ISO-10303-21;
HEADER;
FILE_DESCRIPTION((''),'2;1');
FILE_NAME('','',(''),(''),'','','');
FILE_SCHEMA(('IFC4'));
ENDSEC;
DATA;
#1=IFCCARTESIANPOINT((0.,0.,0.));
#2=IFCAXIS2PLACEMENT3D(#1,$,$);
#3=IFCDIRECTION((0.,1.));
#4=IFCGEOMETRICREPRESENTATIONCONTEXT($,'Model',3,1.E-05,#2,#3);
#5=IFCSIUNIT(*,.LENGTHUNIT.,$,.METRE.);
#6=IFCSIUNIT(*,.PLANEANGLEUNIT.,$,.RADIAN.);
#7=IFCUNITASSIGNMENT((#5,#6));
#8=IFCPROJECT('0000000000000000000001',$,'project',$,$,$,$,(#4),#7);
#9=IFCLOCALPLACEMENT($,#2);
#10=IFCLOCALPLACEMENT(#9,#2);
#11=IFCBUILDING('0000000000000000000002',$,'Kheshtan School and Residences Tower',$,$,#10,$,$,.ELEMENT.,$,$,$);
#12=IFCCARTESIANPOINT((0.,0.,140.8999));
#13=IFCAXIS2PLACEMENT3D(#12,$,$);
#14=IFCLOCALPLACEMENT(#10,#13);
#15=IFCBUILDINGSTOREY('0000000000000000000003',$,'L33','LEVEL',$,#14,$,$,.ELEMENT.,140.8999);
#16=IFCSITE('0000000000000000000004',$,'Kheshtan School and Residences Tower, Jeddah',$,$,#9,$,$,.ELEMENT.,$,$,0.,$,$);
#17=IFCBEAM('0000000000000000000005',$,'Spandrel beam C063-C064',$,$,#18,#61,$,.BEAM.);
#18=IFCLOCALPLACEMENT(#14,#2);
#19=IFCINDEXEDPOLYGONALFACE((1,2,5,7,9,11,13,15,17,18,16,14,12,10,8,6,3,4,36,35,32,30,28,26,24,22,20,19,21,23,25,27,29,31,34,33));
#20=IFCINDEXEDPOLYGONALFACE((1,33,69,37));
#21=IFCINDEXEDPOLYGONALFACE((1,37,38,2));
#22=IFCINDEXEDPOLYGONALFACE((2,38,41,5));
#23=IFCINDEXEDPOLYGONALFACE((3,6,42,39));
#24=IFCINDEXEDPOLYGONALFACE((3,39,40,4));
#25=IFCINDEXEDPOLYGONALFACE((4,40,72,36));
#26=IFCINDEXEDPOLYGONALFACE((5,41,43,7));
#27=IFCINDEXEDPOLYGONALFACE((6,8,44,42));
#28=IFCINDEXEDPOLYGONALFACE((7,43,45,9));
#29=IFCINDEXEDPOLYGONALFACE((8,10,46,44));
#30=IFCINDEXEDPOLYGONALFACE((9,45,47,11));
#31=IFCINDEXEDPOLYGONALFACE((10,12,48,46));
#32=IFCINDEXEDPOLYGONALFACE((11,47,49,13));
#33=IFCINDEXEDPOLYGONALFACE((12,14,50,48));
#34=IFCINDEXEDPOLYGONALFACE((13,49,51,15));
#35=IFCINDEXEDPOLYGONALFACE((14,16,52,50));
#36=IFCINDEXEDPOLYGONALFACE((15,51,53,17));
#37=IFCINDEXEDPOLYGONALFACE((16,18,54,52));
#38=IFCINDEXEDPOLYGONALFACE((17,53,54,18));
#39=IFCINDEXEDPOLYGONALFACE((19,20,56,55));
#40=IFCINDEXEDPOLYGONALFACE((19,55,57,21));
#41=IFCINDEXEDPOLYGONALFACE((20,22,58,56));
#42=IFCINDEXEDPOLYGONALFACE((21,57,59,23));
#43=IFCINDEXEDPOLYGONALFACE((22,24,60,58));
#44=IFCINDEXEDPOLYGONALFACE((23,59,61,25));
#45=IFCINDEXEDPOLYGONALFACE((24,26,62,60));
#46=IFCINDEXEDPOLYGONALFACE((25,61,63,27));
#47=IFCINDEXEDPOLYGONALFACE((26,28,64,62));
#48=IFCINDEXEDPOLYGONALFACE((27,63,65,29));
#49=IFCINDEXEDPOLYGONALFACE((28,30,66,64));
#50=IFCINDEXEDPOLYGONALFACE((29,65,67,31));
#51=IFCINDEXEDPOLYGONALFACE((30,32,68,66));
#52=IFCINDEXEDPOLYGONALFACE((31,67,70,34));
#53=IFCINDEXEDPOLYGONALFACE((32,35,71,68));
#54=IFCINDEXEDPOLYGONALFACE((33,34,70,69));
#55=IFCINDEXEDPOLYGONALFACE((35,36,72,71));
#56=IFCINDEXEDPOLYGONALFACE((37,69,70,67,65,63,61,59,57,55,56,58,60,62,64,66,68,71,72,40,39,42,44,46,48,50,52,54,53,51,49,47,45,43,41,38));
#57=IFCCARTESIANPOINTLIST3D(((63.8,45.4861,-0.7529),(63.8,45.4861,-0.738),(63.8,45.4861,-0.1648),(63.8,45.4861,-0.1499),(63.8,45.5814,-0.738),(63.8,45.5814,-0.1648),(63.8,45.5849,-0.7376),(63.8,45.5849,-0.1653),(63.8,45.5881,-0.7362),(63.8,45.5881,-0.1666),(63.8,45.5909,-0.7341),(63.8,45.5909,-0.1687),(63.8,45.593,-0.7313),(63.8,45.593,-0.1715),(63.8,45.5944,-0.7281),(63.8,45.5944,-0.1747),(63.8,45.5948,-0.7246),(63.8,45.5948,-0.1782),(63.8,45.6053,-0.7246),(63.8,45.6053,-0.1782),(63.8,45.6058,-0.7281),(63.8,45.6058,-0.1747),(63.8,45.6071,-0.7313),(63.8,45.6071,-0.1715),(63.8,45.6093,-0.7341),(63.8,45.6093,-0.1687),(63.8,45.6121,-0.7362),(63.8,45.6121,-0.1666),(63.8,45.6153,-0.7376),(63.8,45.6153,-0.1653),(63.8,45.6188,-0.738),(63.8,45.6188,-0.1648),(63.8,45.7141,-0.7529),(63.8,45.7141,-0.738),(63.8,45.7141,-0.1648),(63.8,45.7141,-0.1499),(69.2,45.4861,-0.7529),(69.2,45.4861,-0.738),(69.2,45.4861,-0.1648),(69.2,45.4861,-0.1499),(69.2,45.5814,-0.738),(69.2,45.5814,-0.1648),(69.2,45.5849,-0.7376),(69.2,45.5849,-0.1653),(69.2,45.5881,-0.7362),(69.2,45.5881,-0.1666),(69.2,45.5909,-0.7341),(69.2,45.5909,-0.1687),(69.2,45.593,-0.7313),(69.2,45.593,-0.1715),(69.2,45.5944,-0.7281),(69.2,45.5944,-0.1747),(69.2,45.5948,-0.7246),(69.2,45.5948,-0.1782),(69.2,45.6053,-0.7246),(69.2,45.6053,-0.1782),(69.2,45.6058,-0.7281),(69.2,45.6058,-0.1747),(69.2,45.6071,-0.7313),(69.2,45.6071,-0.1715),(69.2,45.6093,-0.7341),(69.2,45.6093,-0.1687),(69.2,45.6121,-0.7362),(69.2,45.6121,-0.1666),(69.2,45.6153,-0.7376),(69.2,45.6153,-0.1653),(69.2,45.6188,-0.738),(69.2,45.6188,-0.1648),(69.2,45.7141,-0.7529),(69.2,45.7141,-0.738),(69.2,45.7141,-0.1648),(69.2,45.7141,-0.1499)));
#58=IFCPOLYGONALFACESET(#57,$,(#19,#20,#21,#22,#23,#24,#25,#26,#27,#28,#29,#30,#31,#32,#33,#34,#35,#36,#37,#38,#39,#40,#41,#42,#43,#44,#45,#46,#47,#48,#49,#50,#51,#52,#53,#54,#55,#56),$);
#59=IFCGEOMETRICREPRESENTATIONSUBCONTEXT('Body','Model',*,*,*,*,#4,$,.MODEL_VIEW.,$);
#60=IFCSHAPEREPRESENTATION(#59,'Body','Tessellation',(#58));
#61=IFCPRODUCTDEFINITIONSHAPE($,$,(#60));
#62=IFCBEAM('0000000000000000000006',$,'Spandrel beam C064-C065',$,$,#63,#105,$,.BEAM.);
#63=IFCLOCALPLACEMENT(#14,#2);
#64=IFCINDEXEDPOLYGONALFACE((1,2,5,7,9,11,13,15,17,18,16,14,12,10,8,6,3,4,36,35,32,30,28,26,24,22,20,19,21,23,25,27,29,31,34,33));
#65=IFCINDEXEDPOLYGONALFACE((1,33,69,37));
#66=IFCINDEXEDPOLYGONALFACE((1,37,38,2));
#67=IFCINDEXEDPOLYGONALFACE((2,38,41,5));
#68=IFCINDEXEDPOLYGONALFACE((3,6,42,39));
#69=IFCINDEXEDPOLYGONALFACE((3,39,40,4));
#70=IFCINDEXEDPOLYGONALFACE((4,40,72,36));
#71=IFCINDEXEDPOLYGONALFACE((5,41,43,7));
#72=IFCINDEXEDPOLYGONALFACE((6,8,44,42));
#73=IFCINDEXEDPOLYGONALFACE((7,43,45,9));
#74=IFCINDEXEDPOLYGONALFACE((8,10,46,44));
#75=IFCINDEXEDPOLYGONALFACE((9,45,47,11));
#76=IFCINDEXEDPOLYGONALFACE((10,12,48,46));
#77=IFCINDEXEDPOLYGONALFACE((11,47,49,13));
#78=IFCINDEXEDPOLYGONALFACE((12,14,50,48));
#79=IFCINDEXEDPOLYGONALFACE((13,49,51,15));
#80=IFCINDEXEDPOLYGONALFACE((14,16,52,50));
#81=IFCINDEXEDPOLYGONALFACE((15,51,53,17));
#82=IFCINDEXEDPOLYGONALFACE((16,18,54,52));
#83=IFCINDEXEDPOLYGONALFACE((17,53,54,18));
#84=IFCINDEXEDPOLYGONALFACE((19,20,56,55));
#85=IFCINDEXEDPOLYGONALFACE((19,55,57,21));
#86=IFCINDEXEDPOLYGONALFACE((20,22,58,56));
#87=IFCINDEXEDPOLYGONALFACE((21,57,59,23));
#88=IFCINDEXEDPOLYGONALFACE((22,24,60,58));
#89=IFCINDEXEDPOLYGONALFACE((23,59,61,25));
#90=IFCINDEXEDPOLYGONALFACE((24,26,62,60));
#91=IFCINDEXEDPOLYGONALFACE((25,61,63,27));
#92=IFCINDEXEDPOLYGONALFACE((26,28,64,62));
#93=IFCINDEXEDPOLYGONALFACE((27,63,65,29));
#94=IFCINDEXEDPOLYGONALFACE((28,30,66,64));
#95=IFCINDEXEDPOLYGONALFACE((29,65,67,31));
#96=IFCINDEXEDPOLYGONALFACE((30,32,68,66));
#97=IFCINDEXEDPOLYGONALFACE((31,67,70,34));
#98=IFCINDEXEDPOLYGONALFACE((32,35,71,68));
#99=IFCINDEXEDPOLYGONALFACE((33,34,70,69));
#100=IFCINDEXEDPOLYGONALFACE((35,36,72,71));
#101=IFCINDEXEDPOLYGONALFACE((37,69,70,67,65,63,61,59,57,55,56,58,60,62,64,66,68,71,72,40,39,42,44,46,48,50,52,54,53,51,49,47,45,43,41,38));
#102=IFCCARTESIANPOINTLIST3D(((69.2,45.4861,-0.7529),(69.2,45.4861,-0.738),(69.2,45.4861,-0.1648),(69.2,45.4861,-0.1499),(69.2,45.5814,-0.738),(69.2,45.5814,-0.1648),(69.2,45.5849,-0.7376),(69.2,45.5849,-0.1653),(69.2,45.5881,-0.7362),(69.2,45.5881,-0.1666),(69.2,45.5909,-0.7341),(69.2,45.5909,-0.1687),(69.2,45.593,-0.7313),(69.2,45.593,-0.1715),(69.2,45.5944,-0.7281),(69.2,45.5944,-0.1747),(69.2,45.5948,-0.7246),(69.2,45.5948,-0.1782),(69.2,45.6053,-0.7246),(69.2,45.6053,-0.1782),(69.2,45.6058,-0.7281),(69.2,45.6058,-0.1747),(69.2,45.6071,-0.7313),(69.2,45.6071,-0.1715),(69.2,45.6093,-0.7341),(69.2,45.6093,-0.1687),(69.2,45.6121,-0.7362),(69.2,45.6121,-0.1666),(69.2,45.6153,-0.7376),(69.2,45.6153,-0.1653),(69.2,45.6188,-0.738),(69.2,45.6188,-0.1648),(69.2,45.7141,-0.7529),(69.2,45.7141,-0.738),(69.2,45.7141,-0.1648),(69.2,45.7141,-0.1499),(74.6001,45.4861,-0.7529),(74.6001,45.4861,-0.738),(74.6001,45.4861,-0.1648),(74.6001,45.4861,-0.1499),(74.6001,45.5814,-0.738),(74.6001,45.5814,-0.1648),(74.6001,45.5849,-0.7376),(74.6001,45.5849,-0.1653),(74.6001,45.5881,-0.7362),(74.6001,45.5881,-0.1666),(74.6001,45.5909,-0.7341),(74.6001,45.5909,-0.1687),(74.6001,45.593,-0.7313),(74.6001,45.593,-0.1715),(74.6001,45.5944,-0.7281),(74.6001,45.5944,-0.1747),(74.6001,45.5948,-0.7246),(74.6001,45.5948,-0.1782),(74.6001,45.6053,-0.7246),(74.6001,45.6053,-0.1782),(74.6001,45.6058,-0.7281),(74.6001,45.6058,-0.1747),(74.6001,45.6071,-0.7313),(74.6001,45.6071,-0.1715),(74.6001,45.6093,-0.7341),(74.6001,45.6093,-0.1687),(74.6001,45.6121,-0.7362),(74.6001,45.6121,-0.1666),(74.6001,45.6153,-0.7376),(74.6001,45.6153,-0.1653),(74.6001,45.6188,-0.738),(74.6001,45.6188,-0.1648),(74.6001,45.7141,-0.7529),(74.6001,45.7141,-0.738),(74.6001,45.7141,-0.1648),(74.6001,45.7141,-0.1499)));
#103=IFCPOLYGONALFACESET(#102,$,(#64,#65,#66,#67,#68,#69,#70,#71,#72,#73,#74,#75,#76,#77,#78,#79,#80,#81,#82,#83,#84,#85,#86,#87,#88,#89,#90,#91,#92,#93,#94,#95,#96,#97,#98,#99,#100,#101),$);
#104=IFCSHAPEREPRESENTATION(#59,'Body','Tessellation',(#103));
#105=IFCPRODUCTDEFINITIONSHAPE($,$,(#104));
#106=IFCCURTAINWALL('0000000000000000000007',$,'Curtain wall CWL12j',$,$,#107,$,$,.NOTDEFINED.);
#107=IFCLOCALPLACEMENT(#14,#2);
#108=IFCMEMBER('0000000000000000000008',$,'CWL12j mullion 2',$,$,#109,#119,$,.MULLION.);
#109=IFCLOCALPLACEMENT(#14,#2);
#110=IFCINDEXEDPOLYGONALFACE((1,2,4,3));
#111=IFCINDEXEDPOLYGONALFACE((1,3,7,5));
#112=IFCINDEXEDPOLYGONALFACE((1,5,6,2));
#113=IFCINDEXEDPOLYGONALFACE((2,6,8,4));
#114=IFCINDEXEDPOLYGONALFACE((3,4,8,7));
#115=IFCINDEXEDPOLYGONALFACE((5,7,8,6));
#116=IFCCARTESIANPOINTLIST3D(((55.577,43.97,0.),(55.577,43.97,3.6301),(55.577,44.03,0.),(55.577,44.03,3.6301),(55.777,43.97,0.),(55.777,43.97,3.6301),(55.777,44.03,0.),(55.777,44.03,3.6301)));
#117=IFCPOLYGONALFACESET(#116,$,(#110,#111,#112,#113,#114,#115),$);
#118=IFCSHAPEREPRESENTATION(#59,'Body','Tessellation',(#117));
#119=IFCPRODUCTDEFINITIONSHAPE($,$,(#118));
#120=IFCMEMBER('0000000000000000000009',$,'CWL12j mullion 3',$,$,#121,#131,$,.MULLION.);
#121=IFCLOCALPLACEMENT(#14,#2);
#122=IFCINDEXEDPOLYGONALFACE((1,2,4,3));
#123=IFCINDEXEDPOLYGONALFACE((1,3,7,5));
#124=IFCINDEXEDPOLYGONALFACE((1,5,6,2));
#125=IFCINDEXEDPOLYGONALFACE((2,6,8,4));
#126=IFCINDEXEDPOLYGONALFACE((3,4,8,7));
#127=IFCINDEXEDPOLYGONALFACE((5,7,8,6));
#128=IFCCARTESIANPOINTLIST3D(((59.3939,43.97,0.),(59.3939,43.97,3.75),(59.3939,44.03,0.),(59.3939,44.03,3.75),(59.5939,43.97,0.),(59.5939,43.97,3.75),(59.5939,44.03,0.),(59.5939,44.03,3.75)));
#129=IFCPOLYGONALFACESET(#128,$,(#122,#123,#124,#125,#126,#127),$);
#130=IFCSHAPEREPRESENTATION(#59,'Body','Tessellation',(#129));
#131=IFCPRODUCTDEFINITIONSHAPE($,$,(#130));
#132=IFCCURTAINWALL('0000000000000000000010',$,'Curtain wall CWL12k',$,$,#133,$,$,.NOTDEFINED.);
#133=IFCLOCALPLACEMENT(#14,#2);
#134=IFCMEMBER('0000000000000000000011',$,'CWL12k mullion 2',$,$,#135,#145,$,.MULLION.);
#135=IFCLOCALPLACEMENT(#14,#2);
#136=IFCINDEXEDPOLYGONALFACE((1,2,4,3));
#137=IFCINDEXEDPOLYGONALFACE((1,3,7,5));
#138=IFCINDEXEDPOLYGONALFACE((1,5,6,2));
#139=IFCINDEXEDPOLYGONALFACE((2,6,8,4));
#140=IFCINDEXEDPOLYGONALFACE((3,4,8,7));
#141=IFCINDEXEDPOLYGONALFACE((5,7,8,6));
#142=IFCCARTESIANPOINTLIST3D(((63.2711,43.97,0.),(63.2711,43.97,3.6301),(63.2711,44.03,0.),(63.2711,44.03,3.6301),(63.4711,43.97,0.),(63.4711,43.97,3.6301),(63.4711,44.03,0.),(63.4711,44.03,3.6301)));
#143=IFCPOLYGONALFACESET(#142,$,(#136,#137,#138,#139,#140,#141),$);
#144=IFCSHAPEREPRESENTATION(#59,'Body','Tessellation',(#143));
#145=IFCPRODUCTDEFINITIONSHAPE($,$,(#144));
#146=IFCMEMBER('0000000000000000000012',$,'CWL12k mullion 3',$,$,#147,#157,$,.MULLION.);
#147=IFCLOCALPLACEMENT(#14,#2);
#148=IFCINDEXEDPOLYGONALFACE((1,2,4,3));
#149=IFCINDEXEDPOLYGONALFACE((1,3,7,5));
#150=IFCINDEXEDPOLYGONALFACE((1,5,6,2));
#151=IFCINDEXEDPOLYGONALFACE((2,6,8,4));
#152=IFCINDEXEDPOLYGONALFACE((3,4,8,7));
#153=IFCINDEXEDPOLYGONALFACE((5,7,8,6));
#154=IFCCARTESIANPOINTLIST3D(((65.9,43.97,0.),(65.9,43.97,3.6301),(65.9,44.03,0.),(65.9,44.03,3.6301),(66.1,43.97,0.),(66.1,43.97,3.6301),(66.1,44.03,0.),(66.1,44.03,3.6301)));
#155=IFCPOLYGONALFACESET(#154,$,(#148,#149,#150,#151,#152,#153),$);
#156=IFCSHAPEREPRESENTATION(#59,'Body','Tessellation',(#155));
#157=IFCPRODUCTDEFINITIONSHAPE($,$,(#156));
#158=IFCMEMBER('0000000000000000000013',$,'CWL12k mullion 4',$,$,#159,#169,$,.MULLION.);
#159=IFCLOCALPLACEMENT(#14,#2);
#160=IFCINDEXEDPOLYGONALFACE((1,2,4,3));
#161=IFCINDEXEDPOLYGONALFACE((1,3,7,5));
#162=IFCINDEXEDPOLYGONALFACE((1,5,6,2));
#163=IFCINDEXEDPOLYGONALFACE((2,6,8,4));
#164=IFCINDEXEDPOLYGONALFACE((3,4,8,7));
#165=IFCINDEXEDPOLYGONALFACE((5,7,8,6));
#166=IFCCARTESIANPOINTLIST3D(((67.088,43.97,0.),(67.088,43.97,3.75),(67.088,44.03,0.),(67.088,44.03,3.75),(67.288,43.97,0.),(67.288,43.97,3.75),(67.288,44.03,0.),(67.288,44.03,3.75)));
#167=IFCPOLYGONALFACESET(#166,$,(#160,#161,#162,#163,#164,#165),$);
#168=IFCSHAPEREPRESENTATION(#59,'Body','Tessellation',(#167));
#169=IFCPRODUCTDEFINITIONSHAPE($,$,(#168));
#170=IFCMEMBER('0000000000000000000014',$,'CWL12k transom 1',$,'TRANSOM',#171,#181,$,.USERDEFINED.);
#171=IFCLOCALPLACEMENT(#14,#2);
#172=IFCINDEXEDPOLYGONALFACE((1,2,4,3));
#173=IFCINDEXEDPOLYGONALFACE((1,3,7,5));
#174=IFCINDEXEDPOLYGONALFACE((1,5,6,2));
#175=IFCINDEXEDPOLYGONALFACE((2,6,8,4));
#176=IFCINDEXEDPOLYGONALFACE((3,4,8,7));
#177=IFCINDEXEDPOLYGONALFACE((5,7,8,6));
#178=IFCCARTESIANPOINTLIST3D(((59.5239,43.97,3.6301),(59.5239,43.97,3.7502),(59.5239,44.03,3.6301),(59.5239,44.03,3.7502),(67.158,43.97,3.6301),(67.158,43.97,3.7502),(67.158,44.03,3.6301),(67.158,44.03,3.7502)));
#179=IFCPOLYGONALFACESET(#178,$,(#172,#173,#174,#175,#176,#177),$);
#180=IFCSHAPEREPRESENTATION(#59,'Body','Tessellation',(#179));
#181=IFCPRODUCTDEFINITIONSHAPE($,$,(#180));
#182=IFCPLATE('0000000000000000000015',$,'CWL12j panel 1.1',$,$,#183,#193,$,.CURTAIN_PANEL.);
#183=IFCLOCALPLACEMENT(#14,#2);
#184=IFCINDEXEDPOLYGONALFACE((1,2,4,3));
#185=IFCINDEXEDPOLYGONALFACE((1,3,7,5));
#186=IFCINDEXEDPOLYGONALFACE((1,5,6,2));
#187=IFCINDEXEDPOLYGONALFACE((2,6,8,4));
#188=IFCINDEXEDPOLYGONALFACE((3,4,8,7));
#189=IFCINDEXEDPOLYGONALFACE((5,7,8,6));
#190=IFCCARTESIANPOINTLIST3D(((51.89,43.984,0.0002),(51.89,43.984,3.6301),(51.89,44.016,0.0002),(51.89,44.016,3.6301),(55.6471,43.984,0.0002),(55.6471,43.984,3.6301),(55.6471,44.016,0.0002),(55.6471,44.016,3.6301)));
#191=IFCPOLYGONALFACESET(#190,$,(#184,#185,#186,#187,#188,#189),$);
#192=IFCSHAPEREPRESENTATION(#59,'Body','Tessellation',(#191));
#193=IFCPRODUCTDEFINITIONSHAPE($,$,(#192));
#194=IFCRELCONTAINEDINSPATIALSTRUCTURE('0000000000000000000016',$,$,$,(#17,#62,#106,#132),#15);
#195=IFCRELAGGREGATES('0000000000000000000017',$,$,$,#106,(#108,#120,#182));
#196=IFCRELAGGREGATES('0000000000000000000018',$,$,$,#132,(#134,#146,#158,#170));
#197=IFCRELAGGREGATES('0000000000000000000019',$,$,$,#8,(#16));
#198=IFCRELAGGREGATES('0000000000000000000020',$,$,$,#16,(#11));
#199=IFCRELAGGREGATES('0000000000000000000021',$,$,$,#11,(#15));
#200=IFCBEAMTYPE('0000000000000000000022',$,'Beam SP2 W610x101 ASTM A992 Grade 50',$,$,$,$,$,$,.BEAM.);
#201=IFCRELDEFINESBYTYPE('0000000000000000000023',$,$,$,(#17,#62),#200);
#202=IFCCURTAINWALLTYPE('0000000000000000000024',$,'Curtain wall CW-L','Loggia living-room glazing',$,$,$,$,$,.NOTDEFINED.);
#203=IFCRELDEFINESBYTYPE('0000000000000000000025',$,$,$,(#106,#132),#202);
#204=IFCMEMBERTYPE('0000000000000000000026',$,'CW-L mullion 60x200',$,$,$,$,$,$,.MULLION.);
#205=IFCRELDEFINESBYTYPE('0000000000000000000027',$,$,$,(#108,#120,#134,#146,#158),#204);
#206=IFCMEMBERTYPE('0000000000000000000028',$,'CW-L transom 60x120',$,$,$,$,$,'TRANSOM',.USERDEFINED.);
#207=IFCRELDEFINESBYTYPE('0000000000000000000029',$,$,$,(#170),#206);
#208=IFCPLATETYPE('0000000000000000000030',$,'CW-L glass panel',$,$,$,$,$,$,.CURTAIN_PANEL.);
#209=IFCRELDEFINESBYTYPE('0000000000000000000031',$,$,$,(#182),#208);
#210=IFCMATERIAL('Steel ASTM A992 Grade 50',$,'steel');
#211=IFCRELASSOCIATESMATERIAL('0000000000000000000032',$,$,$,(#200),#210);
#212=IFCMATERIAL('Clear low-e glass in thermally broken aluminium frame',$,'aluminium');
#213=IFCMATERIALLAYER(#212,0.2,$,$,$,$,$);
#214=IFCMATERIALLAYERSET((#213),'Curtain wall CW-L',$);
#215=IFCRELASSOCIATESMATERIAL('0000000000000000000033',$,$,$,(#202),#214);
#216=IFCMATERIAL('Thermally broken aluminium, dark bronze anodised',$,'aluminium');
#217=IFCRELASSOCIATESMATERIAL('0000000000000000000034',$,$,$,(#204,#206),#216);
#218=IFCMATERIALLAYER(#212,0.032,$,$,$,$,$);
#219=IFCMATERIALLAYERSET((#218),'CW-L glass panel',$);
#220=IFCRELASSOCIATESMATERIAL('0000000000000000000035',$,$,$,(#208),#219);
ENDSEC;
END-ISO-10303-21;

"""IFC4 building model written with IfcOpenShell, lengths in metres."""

from ifc_helpers import new_model, si_unit, direction, frame, origin, origin_2d, place, context, subcontext, project, spatial, rectangle, i_section, extrude, material, layer, layer_set, material_profile, profile_set, type_object, element, aggregate, save


model = new_model("IFC4")

# Units and contexts
model_context = context("Model", 3, precision=1e-05, world=origin(), true_north=direction((0.0, 1.0)))
body_context = subcontext(model_context, "Body", "Model", "MODEL_VIEW")
ifc_project = project(units=[si_unit("LENGTHUNIT", "METRE"), si_unit("PLANEANGLEUNIT", "RADIAN")], contexts=[model_context])

# Site, building, storey
site_placement = place(None, origin())
site = spatial("IfcSite", under=ifc_project, at=site_placement, Name="Kheshtan School and Residences Tower, Jeddah", CompositionType="ELEMENT", RefElevation=0.0)
building_placement = place(site_placement, origin())
building = spatial("IfcBuilding", under=site, at=building_placement, Name="Kheshtan School and Residences Tower", CompositionType="ELEMENT")
storey_placement = place(building_placement, frame((0.0, 0.0, 140.8999)))
storey = spatial("IfcBuildingStorey", under=building, at=storey_placement, Name="L33", Description="LEVEL", CompositionType="ELEMENT", Elevation=140.8999)

# Shared definitions
ifc_material_1 = material(Name="Steel ASTM A992 Grade 50", Category="steel")

# Beams
ifc_material_profile_1 = material_profile(ifc_material_1, i_section(OverallWidth=0.228, OverallDepth=0.603, WebThickness=0.0105, FlangeThickness=0.0149, FilletRadius=0.0134, at=origin_2d()), Name="W610x101")
ifc_profile_set_1 = profile_set([ifc_material_profile_1], Name="Steel ASTM A992 Grade 50")
beam_type_1 = type_object("IfcBeamType", Name="Beam SP2 W610x101 ASTM A992 Grade 50", PredefinedType="BEAM", material=ifc_profile_set_1)
beam_1_placement = place(storey_placement, frame((63.8, 45.6001, -0.4514), z_axis=(1.0, 0.0, 0.0), x_axis=(0.0, 1.0, 0.0)))
element("IfcBeam", 1, at=beam_1_placement, inside=storey, type_object=beam_type_1, Name="Spandrel beam C063-C064", PredefinedType="BEAM", context=body_context, shape_type="SweptSolid", body=[
    extrude(i_section(OverallWidth=0.228, OverallDepth=0.603, WebThickness=0.0105, FlangeThickness=0.0149, FilletRadius=0.0134, at=origin_2d()), origin(), (0.0, 0.0, 1.0), 5.3999),
])
beam_2_placement = place(storey_placement, frame((69.2, 45.6001, -0.4514), z_axis=(1.0, 0.0, 0.0), x_axis=(0.0, 1.0, 0.0)))
element("IfcBeam", 2, at=beam_2_placement, inside=storey, type_object=beam_type_1, Name="Spandrel beam C064-C065", PredefinedType="BEAM", context=body_context, shape_type="SweptSolid", body=[
    extrude(i_section(OverallWidth=0.228, OverallDepth=0.603, WebThickness=0.0105, FlangeThickness=0.0149, FilletRadius=0.0134, at=origin_2d()), origin(), (0.0, 0.0, 1.0), 5.4001),
])

# Curtain walls, members
ifc_material_2 = material(Name="Clear low-e glass in thermally broken aluminium frame", Category="aluminium")
ifc_layer_1 = layer(ifc_material_2, 0.2)
ifc_layer_set_1 = layer_set([ifc_layer_1], Name="Curtain wall CW-L")
curtain_wall_type = type_object("IfcCurtainWallType", Name="Curtain wall CW-L", Description="Loggia living-room glazing", PredefinedType="NOTDEFINED", material=ifc_layer_set_1)
curtain_wall_1_placement = place(storey_placement, origin())
curtain_wall_1 = element("IfcCurtainWall", 3, at=curtain_wall_1_placement, inside=storey, type_object=curtain_wall_type, Name="Curtain wall CWL12j", PredefinedType="NOTDEFINED")
ifc_material_3 = material(Name="Thermally broken aluminium, dark bronze anodised", Category="aluminium")
ifc_material_profile_2 = material_profile(ifc_material_3, rectangle(XDim=0.0601, YDim=0.2, at=origin_2d()), Name="CW-L mullion 60x200")
ifc_profile_set_2 = profile_set([ifc_material_profile_2], Name="Thermally broken aluminium, dark bronze anodised")
member_type_1 = type_object("IfcMemberType", Name="CW-L mullion 60x200", PredefinedType="MULLION", material=ifc_profile_set_2)
member_1_placement = place(storey_placement, frame((55.677, 44.0, 0.0), z_axis=(0.0, 0.0, 1.0), x_axis=(0.0, 1.0, 0.0)))
member_1 = element("IfcMember", 4, at=member_1_placement, type_object=member_type_1, Name="CWL12j mullion 2", PredefinedType="MULLION", context=body_context, shape_type="SweptSolid", body=[
    extrude(rectangle(XDim=0.0601, YDim=0.2, at=origin_2d()), origin(), (0.0, 0.0, 1.0), 3.6301),
])
member_2_placement = place(storey_placement, frame((59.4939, 44.0, 0.0), z_axis=(0.0, 0.0, 1.0), x_axis=(0.0, 1.0, 0.0)))
member_2 = element("IfcMember", 5, at=member_2_placement, type_object=member_type_1, Name="CWL12j mullion 3", PredefinedType="MULLION", context=body_context, shape_type="SweptSolid", body=[
    extrude(rectangle(XDim=0.0601, YDim=0.2, at=origin_2d()), origin(), (0.0, 0.0, 1.0), 3.75),
])
curtain_wall_2_placement = place(storey_placement, origin())
curtain_wall_2 = element("IfcCurtainWall", 6, at=curtain_wall_2_placement, inside=storey, type_object=curtain_wall_type, Name="Curtain wall CWL12k", PredefinedType="NOTDEFINED")
member_3_placement = place(storey_placement, frame((63.3711, 44.0, 0.0), z_axis=(0.0, 0.0, 1.0), x_axis=(0.0, 1.0, 0.0)))
member_3 = element("IfcMember", 7, at=member_3_placement, type_object=member_type_1, Name="CWL12k mullion 2", PredefinedType="MULLION", context=body_context, shape_type="SweptSolid", body=[
    extrude(rectangle(XDim=0.0601, YDim=0.2, at=origin_2d()), origin(), (0.0, 0.0, 1.0), 3.6301),
])
member_4_placement = place(storey_placement, frame((66.0, 44.0, 0.0), z_axis=(0.0, 0.0, 1.0), x_axis=(0.0, 1.0, 0.0)))
member_4 = element("IfcMember", 8, at=member_4_placement, type_object=member_type_1, Name="CWL12k mullion 3", PredefinedType="MULLION", context=body_context, shape_type="SweptSolid", body=[
    extrude(rectangle(XDim=0.0601, YDim=0.2, at=origin_2d()), origin(), (0.0, 0.0, 1.0), 3.6301),
])
member_5_placement = place(storey_placement, frame((67.188, 44.0, 0.0), z_axis=(0.0, 0.0, 1.0), x_axis=(0.0, 1.0, 0.0)))
member_5 = element("IfcMember", 9, at=member_5_placement, type_object=member_type_1, Name="CWL12k mullion 4", PredefinedType="MULLION", context=body_context, shape_type="SweptSolid", body=[
    extrude(rectangle(XDim=0.0601, YDim=0.2, at=origin_2d()), origin(), (0.0, 0.0, 1.0), 3.75),
])
ifc_material_profile_3 = material_profile(ifc_material_3, rectangle(XDim=0.0601, YDim=0.1201, at=origin_2d()), Name="CW-L transom 60x120")
ifc_profile_set_3 = profile_set([ifc_material_profile_3], Name="Thermally broken aluminium, dark bronze anodised")
member_type_2 = type_object("IfcMemberType", Name="CW-L transom 60x120", ElementType="TRANSOM", PredefinedType="USERDEFINED", material=ifc_profile_set_3)
member_6_placement = place(storey_placement, frame((59.5239, 44.0, 3.6902), z_axis=(1.0, 0.0, 0.0), x_axis=(0.0, 1.0, 0.0)))
member_6 = element("IfcMember", 10, at=member_6_placement, type_object=member_type_2, Name="CWL12k transom 1", ObjectType="TRANSOM", PredefinedType="USERDEFINED", context=body_context, shape_type="SweptSolid", body=[
    extrude(rectangle(XDim=0.0601, YDim=0.1201, at=origin_2d()), origin(), (0.0, 0.0, 1.0), 7.634),
])

# Plate
ifc_layer_2 = layer(ifc_material_2, 0.032)
ifc_layer_set_2 = layer_set([ifc_layer_2], Name="CW-L glass panel")
plate_type = type_object("IfcPlateType", Name="CW-L glass panel", PredefinedType="CURTAIN_PANEL", material=ifc_layer_set_2)
plate_1_placement = place(storey_placement, frame((53.7686, 44.0, 0.0002), z_axis=(0.0, 0.0, 1.0), x_axis=(1.0, 0.0, 0.0)))
plate_1 = element("IfcPlate", 11, at=plate_1_placement, type_object=plate_type, Name="CWL12j panel 1.1", PredefinedType="CURTAIN_PANEL", context=body_context, shape_type="SweptSolid", body=[
    extrude(rectangle(XDim=3.7571, YDim=0.032, at=origin_2d()), origin(), (0.0, 0.0, 1.0), 3.6299),
])
aggregate(curtain_wall_1, [member_1, member_2, plate_1])
aggregate(curtain_wall_2, [member_3, member_4, member_5, member_6])

save(model, "model.ifc")
